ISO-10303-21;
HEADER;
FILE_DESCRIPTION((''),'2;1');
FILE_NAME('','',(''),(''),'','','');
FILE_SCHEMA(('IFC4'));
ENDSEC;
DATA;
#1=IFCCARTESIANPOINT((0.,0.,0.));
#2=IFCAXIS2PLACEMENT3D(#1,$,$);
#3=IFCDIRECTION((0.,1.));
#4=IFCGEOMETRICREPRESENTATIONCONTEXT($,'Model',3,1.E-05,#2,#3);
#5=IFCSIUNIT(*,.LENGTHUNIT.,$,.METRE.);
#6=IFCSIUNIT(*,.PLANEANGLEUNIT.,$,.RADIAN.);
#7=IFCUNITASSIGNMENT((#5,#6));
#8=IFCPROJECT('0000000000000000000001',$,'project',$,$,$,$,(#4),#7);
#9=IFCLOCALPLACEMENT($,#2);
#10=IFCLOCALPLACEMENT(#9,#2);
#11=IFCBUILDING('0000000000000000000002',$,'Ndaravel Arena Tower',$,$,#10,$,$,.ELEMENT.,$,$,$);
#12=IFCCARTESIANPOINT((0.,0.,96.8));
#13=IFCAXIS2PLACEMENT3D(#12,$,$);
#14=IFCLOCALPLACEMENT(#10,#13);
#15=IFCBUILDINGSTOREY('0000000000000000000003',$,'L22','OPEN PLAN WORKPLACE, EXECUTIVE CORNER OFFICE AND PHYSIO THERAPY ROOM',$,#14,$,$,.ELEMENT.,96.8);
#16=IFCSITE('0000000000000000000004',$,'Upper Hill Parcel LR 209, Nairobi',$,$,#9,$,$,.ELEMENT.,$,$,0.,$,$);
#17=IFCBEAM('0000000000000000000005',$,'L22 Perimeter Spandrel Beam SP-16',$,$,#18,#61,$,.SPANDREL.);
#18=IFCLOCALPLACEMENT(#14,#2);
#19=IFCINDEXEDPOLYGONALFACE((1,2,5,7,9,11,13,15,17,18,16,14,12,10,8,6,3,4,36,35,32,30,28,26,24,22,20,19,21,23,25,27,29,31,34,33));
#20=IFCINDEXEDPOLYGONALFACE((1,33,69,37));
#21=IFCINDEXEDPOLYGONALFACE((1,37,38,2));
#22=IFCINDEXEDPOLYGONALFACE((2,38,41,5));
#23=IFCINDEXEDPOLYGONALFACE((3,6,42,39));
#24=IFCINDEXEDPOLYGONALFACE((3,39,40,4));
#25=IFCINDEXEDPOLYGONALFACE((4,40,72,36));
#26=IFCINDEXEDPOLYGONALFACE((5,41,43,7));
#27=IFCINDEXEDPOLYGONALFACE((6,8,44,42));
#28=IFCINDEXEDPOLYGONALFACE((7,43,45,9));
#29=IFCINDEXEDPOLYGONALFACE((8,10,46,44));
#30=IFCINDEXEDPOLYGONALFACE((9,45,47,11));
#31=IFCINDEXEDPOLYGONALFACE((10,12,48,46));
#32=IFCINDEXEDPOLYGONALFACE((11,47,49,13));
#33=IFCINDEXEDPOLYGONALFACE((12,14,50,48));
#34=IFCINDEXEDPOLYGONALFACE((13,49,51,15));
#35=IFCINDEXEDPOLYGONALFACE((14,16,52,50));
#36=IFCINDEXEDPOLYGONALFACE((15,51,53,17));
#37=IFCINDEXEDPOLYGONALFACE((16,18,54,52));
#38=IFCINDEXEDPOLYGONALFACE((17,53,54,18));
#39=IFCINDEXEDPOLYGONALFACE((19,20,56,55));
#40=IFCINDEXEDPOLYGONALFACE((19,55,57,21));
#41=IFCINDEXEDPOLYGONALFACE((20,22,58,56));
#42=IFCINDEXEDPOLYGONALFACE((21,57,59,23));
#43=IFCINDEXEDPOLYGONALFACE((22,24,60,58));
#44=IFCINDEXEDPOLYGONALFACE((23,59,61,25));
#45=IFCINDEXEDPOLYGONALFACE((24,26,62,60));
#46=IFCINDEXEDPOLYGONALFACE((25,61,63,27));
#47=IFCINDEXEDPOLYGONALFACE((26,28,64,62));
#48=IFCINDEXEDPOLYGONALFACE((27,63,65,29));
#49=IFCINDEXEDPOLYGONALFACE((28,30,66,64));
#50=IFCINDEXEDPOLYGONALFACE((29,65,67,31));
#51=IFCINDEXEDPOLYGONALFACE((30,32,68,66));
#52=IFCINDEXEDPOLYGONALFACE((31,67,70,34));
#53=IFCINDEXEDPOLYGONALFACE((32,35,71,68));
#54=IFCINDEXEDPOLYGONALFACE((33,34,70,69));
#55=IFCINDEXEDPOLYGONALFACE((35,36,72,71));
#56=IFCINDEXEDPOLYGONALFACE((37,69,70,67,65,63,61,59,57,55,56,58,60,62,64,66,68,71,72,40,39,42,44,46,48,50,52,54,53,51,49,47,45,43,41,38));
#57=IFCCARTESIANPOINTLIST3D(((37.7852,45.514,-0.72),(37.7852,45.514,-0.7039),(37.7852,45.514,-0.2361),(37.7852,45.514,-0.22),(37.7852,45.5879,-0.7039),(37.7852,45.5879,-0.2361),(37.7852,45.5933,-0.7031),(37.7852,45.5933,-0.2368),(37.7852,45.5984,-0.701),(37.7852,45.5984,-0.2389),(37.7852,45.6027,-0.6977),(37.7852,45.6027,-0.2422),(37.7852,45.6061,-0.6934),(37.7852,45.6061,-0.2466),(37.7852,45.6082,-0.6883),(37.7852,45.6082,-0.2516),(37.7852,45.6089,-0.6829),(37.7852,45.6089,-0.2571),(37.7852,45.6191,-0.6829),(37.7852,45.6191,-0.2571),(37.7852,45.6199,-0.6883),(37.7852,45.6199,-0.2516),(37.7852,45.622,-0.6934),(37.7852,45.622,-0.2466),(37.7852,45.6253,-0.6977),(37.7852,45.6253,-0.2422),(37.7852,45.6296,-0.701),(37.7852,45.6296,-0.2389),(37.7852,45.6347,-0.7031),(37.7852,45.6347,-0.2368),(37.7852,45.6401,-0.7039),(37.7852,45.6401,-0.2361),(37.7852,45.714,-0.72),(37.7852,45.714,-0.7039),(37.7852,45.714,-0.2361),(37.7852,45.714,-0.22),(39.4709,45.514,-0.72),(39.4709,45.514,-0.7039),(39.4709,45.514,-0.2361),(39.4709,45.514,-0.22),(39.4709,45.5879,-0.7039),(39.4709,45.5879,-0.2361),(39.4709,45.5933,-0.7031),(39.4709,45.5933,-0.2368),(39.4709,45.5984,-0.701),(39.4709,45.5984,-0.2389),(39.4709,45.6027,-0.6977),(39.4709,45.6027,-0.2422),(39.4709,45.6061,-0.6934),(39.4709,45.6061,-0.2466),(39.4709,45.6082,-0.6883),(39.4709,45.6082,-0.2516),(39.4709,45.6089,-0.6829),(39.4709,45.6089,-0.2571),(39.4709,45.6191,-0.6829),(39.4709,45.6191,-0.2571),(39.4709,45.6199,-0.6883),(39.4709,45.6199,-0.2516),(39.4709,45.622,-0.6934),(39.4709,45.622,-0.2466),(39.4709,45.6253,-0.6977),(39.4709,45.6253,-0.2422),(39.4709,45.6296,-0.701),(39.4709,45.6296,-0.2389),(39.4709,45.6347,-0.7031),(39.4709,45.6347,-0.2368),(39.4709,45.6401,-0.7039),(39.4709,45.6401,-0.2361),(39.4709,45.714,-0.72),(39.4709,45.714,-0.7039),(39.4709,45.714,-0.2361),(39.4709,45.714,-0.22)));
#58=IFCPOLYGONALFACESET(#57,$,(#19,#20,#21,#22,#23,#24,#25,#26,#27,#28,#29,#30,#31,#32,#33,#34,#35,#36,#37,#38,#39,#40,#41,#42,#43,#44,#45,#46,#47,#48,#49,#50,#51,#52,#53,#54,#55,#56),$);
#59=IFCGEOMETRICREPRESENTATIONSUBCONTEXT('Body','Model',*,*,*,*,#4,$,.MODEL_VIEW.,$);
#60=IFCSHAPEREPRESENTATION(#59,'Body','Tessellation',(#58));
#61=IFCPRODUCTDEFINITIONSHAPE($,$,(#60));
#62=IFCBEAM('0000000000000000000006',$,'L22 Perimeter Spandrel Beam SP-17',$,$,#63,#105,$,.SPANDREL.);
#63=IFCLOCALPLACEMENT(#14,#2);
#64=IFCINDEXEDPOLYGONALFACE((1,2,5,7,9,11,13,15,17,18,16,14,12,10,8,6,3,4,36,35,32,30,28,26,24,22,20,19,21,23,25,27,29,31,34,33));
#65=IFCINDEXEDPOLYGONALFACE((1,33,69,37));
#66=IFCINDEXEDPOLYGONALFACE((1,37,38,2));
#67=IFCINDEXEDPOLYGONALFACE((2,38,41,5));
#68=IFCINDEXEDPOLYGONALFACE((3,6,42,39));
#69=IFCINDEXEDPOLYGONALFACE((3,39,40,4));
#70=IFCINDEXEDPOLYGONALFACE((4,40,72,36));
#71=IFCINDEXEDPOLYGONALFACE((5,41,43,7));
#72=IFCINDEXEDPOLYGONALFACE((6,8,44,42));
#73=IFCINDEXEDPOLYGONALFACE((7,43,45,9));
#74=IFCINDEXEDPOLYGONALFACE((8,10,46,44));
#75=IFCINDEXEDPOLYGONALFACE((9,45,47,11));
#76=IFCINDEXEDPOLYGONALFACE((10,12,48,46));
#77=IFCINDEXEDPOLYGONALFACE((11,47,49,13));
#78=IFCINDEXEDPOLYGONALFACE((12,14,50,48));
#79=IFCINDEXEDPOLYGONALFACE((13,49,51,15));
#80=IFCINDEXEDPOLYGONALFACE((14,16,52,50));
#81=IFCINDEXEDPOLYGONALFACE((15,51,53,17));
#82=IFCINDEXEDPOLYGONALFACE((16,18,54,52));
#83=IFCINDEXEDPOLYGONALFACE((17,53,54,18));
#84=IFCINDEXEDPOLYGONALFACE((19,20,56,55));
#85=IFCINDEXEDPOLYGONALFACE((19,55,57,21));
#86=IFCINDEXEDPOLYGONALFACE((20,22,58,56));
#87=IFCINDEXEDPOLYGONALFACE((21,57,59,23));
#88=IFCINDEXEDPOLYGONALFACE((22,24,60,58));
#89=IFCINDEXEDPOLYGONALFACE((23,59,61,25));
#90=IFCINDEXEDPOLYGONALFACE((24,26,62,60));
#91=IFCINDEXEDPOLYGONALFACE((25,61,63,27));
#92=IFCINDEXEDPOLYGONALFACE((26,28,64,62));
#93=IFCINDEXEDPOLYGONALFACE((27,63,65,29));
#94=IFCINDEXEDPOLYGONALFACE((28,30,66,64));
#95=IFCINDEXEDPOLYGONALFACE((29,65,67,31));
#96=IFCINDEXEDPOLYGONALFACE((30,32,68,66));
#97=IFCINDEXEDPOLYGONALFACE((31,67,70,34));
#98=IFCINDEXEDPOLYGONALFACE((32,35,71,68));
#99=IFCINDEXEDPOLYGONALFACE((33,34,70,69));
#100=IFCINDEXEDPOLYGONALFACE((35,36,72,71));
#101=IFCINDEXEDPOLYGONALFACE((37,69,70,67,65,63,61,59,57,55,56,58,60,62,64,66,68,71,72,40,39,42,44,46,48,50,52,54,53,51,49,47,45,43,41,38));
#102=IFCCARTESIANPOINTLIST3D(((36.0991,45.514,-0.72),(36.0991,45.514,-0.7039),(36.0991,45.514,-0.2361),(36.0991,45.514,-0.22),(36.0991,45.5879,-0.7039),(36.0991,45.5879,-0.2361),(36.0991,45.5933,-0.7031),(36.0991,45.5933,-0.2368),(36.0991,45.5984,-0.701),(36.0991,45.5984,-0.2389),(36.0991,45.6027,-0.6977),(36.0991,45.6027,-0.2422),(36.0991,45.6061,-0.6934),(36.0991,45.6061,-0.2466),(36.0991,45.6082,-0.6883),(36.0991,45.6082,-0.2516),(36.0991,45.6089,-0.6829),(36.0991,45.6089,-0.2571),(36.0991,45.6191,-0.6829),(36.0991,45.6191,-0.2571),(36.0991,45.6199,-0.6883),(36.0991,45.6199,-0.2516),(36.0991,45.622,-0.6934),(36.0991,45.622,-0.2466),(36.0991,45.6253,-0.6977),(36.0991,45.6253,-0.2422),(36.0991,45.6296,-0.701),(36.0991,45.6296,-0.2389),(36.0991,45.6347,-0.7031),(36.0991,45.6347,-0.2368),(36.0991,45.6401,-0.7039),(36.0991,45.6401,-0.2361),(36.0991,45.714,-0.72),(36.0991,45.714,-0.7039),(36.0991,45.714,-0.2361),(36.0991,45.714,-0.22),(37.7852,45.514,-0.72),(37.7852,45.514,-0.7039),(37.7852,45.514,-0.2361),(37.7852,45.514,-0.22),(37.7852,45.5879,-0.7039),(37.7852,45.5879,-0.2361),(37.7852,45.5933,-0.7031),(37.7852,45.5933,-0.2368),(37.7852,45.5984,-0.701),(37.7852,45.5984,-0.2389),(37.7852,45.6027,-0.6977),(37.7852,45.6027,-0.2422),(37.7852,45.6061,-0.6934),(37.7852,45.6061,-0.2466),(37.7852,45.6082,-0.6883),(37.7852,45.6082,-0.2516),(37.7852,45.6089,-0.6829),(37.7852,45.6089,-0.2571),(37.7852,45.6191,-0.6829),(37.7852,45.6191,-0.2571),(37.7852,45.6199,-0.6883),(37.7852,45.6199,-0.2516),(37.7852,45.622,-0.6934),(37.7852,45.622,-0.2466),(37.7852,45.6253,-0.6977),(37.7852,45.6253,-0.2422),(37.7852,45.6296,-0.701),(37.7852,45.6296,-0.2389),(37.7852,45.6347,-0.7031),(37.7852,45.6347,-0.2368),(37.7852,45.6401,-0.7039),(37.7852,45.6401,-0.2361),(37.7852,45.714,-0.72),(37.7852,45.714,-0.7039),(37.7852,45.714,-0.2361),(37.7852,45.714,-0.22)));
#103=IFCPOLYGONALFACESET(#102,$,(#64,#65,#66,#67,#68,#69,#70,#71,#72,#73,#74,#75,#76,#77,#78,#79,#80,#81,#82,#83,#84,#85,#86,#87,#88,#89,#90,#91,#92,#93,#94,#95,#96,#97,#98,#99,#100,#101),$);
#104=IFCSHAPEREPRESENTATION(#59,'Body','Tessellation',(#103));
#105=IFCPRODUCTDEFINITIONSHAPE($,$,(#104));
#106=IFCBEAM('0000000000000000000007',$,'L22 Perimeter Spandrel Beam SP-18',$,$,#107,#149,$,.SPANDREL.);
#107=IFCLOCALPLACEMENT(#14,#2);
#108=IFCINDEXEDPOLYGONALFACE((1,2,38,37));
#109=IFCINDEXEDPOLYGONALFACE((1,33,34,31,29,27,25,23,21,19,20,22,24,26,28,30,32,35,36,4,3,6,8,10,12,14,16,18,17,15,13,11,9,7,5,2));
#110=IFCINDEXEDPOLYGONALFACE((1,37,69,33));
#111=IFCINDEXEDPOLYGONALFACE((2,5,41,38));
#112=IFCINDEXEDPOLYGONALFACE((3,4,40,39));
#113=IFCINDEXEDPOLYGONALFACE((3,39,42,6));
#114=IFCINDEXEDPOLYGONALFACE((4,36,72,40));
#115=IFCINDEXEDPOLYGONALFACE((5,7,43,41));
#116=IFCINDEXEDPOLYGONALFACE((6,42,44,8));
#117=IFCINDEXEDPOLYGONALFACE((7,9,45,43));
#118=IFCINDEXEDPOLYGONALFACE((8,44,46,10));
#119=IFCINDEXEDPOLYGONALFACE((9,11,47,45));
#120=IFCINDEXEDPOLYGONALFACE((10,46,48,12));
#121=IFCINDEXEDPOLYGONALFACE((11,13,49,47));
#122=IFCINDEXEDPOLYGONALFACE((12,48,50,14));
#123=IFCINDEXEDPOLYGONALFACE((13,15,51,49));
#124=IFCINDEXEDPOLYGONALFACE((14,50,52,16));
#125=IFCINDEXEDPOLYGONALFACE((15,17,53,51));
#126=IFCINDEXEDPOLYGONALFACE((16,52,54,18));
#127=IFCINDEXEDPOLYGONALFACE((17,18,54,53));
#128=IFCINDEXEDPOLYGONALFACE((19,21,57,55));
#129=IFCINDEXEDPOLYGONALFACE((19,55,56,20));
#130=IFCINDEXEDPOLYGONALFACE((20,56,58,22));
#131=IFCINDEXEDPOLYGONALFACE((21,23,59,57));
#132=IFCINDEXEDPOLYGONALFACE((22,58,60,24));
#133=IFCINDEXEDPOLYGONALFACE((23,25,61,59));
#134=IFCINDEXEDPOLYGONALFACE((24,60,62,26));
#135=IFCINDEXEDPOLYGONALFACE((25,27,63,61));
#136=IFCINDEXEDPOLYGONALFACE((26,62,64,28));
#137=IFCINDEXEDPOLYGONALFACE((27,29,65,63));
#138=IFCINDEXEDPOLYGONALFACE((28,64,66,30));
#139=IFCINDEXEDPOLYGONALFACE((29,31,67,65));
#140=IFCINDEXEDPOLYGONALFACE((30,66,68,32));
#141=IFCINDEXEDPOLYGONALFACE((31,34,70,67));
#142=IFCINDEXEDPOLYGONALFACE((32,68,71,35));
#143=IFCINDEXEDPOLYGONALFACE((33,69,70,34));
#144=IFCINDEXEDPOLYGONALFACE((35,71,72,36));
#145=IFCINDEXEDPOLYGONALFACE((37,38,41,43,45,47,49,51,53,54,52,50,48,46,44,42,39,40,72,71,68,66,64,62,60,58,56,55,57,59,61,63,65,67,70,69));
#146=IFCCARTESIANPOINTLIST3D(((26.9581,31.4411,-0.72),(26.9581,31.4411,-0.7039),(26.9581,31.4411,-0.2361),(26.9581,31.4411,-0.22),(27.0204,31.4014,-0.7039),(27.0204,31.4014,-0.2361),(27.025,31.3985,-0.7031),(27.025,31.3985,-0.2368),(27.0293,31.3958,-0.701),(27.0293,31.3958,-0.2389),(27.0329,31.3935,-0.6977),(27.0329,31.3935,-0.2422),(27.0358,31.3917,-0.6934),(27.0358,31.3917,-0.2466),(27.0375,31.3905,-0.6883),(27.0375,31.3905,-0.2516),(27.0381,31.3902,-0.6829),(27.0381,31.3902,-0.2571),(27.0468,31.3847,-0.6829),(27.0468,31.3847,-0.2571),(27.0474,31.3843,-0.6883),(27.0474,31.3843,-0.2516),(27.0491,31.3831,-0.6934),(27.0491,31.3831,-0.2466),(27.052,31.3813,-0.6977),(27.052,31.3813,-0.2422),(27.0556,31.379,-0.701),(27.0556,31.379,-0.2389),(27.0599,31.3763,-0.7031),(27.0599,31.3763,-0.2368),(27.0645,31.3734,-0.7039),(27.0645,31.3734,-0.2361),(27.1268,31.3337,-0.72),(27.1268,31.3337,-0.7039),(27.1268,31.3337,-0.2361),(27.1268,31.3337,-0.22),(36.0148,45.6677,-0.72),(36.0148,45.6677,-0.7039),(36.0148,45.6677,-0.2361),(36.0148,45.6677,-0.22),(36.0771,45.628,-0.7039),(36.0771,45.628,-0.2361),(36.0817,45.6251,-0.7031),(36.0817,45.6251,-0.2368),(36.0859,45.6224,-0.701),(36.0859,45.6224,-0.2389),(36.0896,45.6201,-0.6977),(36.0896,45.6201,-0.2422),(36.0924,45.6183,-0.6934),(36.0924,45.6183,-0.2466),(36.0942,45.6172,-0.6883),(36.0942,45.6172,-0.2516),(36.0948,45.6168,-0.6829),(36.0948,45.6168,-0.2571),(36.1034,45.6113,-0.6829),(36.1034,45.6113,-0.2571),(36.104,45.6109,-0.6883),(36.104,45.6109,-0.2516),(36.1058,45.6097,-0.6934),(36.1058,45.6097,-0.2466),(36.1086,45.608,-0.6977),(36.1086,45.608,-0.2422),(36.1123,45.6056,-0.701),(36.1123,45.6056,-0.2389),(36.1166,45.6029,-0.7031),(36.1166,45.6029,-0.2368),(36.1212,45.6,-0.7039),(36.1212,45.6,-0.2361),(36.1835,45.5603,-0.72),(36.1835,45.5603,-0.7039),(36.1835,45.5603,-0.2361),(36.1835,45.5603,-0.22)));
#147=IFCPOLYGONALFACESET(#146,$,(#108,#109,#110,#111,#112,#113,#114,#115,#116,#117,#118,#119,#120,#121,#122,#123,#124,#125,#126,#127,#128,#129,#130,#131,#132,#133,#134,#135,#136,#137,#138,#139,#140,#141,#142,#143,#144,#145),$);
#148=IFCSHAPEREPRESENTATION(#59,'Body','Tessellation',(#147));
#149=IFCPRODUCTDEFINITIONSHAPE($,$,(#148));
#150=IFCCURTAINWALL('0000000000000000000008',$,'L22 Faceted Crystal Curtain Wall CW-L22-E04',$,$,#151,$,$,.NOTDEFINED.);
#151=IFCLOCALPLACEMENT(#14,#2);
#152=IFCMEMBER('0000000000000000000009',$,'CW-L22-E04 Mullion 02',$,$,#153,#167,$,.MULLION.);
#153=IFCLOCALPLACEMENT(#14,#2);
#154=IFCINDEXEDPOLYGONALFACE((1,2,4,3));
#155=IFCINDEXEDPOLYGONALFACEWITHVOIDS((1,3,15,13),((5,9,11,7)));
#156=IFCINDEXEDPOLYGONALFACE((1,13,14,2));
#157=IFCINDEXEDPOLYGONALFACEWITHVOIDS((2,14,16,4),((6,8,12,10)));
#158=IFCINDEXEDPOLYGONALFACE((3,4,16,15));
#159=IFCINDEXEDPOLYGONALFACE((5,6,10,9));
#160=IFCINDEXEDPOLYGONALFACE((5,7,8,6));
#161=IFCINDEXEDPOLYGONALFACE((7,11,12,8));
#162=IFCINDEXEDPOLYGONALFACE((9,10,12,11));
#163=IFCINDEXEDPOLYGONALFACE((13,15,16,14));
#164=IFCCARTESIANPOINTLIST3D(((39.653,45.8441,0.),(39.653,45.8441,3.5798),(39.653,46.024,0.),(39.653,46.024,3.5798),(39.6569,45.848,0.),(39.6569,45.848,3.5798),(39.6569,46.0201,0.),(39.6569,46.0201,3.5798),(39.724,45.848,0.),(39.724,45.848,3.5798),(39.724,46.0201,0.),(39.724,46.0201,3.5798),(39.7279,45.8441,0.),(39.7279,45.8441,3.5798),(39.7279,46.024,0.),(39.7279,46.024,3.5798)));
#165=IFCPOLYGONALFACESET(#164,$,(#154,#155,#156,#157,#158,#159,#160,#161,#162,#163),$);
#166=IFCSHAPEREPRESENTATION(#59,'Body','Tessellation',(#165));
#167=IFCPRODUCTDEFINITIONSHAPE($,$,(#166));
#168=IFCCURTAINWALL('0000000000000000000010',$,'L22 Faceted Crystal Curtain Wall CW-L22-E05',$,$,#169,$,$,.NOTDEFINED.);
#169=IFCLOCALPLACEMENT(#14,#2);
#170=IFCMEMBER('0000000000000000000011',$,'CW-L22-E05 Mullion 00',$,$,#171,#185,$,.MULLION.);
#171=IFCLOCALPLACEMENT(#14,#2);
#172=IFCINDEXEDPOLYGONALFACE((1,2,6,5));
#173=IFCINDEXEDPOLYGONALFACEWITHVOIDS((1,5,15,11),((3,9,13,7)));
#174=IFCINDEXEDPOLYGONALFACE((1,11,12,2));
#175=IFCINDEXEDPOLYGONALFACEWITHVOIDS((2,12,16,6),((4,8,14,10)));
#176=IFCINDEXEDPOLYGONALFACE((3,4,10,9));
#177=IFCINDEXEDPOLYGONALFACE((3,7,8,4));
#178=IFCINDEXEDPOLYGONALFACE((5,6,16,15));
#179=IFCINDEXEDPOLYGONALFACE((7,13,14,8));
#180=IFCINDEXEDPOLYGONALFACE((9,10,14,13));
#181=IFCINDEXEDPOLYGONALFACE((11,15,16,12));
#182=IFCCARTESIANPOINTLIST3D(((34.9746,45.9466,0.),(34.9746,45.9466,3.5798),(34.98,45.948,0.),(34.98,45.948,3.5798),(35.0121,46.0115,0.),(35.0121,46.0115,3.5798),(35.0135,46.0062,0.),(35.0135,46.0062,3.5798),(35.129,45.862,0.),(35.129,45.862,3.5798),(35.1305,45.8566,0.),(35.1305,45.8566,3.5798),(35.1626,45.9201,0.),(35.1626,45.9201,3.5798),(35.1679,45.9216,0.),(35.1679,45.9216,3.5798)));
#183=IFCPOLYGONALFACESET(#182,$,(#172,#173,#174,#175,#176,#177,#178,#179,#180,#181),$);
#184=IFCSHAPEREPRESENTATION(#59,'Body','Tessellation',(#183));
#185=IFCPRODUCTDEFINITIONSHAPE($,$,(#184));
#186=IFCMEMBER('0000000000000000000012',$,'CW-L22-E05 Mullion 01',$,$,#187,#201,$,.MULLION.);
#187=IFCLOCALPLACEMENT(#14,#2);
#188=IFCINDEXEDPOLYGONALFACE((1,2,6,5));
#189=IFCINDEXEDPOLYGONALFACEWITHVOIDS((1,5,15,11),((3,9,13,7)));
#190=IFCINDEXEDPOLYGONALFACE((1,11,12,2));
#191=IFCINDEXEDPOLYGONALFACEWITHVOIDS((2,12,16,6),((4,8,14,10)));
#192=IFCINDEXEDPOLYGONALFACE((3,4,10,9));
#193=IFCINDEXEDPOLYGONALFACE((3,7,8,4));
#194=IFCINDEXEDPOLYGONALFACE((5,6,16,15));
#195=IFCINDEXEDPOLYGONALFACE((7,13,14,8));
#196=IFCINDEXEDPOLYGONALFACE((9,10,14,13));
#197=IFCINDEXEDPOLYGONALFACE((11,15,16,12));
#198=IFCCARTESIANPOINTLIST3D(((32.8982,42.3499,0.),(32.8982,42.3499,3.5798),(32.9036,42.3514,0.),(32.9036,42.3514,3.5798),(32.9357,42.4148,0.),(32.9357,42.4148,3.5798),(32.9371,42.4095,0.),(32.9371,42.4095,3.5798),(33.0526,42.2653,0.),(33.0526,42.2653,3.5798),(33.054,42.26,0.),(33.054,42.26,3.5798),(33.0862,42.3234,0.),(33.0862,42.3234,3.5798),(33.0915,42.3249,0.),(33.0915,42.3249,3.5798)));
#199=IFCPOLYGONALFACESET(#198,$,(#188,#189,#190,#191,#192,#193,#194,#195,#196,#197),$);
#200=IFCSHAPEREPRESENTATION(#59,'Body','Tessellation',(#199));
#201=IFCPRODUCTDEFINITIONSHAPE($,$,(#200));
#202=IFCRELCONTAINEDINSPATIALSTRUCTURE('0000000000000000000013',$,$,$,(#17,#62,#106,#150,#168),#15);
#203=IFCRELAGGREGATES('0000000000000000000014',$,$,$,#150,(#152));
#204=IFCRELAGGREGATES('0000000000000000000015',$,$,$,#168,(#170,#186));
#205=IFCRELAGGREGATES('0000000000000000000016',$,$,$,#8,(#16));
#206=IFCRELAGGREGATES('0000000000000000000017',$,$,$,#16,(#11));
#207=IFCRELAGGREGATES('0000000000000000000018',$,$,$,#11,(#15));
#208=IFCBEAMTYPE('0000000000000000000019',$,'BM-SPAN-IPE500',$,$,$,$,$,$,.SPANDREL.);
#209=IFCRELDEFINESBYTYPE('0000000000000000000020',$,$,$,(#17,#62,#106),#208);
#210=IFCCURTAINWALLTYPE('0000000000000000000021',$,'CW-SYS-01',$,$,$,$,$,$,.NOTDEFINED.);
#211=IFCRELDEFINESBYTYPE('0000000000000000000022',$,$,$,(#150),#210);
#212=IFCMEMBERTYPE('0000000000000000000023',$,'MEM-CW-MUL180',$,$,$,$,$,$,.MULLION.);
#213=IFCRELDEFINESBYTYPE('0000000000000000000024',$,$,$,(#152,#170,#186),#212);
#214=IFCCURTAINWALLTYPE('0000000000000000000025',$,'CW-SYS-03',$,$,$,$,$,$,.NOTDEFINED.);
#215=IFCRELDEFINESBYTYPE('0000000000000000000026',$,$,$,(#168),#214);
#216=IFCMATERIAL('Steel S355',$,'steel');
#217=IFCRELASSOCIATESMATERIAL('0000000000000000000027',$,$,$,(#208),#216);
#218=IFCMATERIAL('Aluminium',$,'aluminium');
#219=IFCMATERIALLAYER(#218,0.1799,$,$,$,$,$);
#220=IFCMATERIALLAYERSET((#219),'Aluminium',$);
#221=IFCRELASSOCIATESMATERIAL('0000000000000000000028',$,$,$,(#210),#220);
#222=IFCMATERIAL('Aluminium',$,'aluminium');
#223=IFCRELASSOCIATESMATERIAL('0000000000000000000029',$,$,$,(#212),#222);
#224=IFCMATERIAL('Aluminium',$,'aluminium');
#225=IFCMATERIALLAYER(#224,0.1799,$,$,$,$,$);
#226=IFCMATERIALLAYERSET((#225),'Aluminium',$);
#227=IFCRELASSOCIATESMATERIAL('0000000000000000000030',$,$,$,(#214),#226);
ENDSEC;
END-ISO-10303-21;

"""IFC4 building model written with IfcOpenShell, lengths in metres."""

from ifc_helpers import new_model, si_unit, direction, frame, origin, origin_2d, place, context, subcontext, project, spatial, hollow_rectangle, i_section, extrude, material, layer, layer_set, material_profile, profile_set, type_object, element, aggregate, save


model = new_model("IFC4")

# Units and contexts
model_context = context("Model", 3, precision=1e-05, world=origin(), true_north=direction((0.0, 1.0)))
body_context = subcontext(model_context, "Body", "Model", "MODEL_VIEW")
ifc_project = project(units=[si_unit("LENGTHUNIT", "METRE"), si_unit("PLANEANGLEUNIT", "RADIAN")], contexts=[model_context])

# Site, building, storey
site_placement = place(None, origin())
site = spatial("IfcSite", under=ifc_project, at=site_placement, Name="Upper Hill Parcel LR 209, Nairobi", CompositionType="ELEMENT", RefElevation=0.0)
building_placement = place(site_placement, origin())
building = spatial("IfcBuilding", under=site, at=building_placement, Name="Ndaravel Arena Tower", CompositionType="ELEMENT")
storey_placement = place(building_placement, frame((0.0, 0.0, 96.8)))
storey = spatial("IfcBuildingStorey", under=building, at=storey_placement, Name="L22", Description="OPEN PLAN WORKPLACE, EXECUTIVE CORNER OFFICE AND PHYSIO THERAPY ROOM", CompositionType="ELEMENT", Elevation=96.8)

# Beams
ifc_material_1 = material(Name="Steel S355", Category="steel")
ifc_material_profile_1 = material_profile(ifc_material_1, i_section(OverallWidth=0.2, OverallDepth=0.5, WebThickness=0.0103, FlangeThickness=0.0161, FilletRadius=0.021, at=origin_2d()), Name="IPE 500")
ifc_profile_set_1 = profile_set([ifc_material_profile_1], Name="Steel S355")
beam_type_1 = type_object("IfcBeamType", Name="BM-SPAN-IPE500", PredefinedType="SPANDREL", material=ifc_profile_set_1)
beam_1_placement = place(storey_placement, frame((39.4709, 45.614, -0.47), z_axis=(-1.0, 0.0, 0.0), x_axis=(0.0, -1.0, 0.0)))
element("IfcBeam", 1, at=beam_1_placement, inside=storey, type_object=beam_type_1, Name="L22 Perimeter Spandrel Beam SP-16", PredefinedType="SPANDREL", context=body_context, shape_type="SweptSolid", body=[
    extrude(i_section(OverallWidth=0.2, OverallDepth=0.5, WebThickness=0.0103, FlangeThickness=0.0161, FilletRadius=0.021, at=origin_2d()), origin(), (0.0, 0.0, 1.0), 1.6858),
])
beam_2_placement = place(storey_placement, frame((37.7852, 45.614, -0.47), z_axis=(-1.0, 0.0, 0.0), x_axis=(0.0, -1.0, 0.0)))
element("IfcBeam", 2, at=beam_2_placement, inside=storey, type_object=beam_type_1, Name="L22 Perimeter Spandrel Beam SP-17", PredefinedType="SPANDREL", context=body_context, shape_type="SweptSolid", body=[
    extrude(i_section(OverallWidth=0.2, OverallDepth=0.5, WebThickness=0.0103, FlangeThickness=0.0161, FilletRadius=0.021, at=origin_2d()), origin(), (0.0, 0.0, 1.0), 1.686),
])
beam_3_placement = place(storey_placement, frame((36.0991, 45.614, -0.47), z_axis=(-0.537018, -0.843571, 0.0), x_axis=(0.843571, -0.537018, 0.0)))
element("IfcBeam", 3, at=beam_3_placement, inside=storey, type_object=beam_type_1, Name="L22 Perimeter Spandrel Beam SP-18", PredefinedType="SPANDREL", context=body_context, shape_type="SweptSolid", body=[
    extrude(i_section(OverallWidth=0.2, OverallDepth=0.5, WebThickness=0.0103, FlangeThickness=0.0161, FilletRadius=0.021, at=origin_2d()), origin(), (0.0, 0.0, 1.0), 16.8647),
])

# Curtain wall, member
ifc_material_2 = material(Name="Aluminium", Category="aluminium")
ifc_layer_1 = layer(ifc_material_2, 0.1799)
ifc_layer_set_1 = layer_set([ifc_layer_1], Name="Aluminium")
curtain_wall_type_1 = type_object("IfcCurtainWallType", Name="CW-SYS-01", PredefinedType="NOTDEFINED", material=ifc_layer_set_1)
curtain_wall_1_placement = place(storey_placement, origin())
curtain_wall_1 = element("IfcCurtainWall", 4, at=curtain_wall_1_placement, inside=storey, type_object=curtain_wall_type_1, Name="L22 Faceted Crystal Curtain Wall CW-L22-E04", PredefinedType="NOTDEFINED")
ifc_material_3 = material(Name="Aluminium", Category="aluminium")
ifc_material_profile_2 = material_profile(ifc_material_3, hollow_rectangle(XDim=0.075, YDim=0.1799, WallThickness=0.0039, at=origin_2d()), Name="CW MULLION 75x180x4")
ifc_profile_set_2 = profile_set([ifc_material_profile_2], Name="Aluminium")
member_type_1 = type_object("IfcMemberType", Name="MEM-CW-MUL180", PredefinedType="MULLION", material=ifc_profile_set_2)
member_1_placement = place(storey_placement, frame((39.6904, 45.9341, 0.0), z_axis=(0.0, 0.0, 1.0), x_axis=(-1.0, 0.0, 0.0)))
member_1 = element("IfcMember", 5, at=member_1_placement, type_object=member_type_1, Name="CW-L22-E04 Mullion 02", PredefinedType="MULLION", context=body_context, shape_type="SweptSolid", body=[
    extrude(hollow_rectangle(XDim=0.075, YDim=0.1799, WallThickness=0.0039, at=origin_2d()), origin(), (0.0, 0.0, 1.0), 3.5798),
])

# Curtain wall, members
ifc_material_4 = material(Name="Aluminium", Category="aluminium")
ifc_layer_2 = layer(ifc_material_4, 0.1799)
ifc_layer_set_2 = layer_set([ifc_layer_2], Name="Aluminium")
curtain_wall_type_2 = type_object("IfcCurtainWallType", Name="CW-SYS-03", PredefinedType="NOTDEFINED", material=ifc_layer_set_2)
curtain_wall_2_placement = place(storey_placement, origin())
curtain_wall_2 = element("IfcCurtainWall", 6, at=curtain_wall_2_placement, inside=storey, type_object=curtain_wall_type_2, Name="L22 Faceted Crystal Curtain Wall CW-L22-E05", PredefinedType="NOTDEFINED")
member_2_placement = place(storey_placement, frame((35.0713, 45.9341, 0.0), z_axis=(0.0, 0.0, 1.0), x_axis=(-0.5, -0.866025, 0.0)))
member_2 = element("IfcMember", 7, at=member_2_placement, type_object=member_type_1, Name="CW-L22-E05 Mullion 00", PredefinedType="MULLION", context=body_context, shape_type="SweptSolid", body=[
    extrude(hollow_rectangle(XDim=0.075, YDim=0.1799, WallThickness=0.0039, at=origin_2d()), origin(), (0.0, 0.0, 1.0), 3.5798),
])
member_3_placement = place(storey_placement, frame((32.9949, 42.3374, 0.0), z_axis=(0.0, 0.0, 1.0), x_axis=(-0.5, -0.866025, 0.0)))
member_3 = element("IfcMember", 8, at=member_3_placement, type_object=member_type_1, Name="CW-L22-E05 Mullion 01", PredefinedType="MULLION", context=body_context, shape_type="SweptSolid", body=[
    extrude(hollow_rectangle(XDim=0.075, YDim=0.1799, WallThickness=0.0039, at=origin_2d()), origin(), (0.0, 0.0, 1.0), 3.5798),
])

aggregate(curtain_wall_1, [member_1])
aggregate(curtain_wall_2, [member_2, member_3])

save(model, "model.ifc")
